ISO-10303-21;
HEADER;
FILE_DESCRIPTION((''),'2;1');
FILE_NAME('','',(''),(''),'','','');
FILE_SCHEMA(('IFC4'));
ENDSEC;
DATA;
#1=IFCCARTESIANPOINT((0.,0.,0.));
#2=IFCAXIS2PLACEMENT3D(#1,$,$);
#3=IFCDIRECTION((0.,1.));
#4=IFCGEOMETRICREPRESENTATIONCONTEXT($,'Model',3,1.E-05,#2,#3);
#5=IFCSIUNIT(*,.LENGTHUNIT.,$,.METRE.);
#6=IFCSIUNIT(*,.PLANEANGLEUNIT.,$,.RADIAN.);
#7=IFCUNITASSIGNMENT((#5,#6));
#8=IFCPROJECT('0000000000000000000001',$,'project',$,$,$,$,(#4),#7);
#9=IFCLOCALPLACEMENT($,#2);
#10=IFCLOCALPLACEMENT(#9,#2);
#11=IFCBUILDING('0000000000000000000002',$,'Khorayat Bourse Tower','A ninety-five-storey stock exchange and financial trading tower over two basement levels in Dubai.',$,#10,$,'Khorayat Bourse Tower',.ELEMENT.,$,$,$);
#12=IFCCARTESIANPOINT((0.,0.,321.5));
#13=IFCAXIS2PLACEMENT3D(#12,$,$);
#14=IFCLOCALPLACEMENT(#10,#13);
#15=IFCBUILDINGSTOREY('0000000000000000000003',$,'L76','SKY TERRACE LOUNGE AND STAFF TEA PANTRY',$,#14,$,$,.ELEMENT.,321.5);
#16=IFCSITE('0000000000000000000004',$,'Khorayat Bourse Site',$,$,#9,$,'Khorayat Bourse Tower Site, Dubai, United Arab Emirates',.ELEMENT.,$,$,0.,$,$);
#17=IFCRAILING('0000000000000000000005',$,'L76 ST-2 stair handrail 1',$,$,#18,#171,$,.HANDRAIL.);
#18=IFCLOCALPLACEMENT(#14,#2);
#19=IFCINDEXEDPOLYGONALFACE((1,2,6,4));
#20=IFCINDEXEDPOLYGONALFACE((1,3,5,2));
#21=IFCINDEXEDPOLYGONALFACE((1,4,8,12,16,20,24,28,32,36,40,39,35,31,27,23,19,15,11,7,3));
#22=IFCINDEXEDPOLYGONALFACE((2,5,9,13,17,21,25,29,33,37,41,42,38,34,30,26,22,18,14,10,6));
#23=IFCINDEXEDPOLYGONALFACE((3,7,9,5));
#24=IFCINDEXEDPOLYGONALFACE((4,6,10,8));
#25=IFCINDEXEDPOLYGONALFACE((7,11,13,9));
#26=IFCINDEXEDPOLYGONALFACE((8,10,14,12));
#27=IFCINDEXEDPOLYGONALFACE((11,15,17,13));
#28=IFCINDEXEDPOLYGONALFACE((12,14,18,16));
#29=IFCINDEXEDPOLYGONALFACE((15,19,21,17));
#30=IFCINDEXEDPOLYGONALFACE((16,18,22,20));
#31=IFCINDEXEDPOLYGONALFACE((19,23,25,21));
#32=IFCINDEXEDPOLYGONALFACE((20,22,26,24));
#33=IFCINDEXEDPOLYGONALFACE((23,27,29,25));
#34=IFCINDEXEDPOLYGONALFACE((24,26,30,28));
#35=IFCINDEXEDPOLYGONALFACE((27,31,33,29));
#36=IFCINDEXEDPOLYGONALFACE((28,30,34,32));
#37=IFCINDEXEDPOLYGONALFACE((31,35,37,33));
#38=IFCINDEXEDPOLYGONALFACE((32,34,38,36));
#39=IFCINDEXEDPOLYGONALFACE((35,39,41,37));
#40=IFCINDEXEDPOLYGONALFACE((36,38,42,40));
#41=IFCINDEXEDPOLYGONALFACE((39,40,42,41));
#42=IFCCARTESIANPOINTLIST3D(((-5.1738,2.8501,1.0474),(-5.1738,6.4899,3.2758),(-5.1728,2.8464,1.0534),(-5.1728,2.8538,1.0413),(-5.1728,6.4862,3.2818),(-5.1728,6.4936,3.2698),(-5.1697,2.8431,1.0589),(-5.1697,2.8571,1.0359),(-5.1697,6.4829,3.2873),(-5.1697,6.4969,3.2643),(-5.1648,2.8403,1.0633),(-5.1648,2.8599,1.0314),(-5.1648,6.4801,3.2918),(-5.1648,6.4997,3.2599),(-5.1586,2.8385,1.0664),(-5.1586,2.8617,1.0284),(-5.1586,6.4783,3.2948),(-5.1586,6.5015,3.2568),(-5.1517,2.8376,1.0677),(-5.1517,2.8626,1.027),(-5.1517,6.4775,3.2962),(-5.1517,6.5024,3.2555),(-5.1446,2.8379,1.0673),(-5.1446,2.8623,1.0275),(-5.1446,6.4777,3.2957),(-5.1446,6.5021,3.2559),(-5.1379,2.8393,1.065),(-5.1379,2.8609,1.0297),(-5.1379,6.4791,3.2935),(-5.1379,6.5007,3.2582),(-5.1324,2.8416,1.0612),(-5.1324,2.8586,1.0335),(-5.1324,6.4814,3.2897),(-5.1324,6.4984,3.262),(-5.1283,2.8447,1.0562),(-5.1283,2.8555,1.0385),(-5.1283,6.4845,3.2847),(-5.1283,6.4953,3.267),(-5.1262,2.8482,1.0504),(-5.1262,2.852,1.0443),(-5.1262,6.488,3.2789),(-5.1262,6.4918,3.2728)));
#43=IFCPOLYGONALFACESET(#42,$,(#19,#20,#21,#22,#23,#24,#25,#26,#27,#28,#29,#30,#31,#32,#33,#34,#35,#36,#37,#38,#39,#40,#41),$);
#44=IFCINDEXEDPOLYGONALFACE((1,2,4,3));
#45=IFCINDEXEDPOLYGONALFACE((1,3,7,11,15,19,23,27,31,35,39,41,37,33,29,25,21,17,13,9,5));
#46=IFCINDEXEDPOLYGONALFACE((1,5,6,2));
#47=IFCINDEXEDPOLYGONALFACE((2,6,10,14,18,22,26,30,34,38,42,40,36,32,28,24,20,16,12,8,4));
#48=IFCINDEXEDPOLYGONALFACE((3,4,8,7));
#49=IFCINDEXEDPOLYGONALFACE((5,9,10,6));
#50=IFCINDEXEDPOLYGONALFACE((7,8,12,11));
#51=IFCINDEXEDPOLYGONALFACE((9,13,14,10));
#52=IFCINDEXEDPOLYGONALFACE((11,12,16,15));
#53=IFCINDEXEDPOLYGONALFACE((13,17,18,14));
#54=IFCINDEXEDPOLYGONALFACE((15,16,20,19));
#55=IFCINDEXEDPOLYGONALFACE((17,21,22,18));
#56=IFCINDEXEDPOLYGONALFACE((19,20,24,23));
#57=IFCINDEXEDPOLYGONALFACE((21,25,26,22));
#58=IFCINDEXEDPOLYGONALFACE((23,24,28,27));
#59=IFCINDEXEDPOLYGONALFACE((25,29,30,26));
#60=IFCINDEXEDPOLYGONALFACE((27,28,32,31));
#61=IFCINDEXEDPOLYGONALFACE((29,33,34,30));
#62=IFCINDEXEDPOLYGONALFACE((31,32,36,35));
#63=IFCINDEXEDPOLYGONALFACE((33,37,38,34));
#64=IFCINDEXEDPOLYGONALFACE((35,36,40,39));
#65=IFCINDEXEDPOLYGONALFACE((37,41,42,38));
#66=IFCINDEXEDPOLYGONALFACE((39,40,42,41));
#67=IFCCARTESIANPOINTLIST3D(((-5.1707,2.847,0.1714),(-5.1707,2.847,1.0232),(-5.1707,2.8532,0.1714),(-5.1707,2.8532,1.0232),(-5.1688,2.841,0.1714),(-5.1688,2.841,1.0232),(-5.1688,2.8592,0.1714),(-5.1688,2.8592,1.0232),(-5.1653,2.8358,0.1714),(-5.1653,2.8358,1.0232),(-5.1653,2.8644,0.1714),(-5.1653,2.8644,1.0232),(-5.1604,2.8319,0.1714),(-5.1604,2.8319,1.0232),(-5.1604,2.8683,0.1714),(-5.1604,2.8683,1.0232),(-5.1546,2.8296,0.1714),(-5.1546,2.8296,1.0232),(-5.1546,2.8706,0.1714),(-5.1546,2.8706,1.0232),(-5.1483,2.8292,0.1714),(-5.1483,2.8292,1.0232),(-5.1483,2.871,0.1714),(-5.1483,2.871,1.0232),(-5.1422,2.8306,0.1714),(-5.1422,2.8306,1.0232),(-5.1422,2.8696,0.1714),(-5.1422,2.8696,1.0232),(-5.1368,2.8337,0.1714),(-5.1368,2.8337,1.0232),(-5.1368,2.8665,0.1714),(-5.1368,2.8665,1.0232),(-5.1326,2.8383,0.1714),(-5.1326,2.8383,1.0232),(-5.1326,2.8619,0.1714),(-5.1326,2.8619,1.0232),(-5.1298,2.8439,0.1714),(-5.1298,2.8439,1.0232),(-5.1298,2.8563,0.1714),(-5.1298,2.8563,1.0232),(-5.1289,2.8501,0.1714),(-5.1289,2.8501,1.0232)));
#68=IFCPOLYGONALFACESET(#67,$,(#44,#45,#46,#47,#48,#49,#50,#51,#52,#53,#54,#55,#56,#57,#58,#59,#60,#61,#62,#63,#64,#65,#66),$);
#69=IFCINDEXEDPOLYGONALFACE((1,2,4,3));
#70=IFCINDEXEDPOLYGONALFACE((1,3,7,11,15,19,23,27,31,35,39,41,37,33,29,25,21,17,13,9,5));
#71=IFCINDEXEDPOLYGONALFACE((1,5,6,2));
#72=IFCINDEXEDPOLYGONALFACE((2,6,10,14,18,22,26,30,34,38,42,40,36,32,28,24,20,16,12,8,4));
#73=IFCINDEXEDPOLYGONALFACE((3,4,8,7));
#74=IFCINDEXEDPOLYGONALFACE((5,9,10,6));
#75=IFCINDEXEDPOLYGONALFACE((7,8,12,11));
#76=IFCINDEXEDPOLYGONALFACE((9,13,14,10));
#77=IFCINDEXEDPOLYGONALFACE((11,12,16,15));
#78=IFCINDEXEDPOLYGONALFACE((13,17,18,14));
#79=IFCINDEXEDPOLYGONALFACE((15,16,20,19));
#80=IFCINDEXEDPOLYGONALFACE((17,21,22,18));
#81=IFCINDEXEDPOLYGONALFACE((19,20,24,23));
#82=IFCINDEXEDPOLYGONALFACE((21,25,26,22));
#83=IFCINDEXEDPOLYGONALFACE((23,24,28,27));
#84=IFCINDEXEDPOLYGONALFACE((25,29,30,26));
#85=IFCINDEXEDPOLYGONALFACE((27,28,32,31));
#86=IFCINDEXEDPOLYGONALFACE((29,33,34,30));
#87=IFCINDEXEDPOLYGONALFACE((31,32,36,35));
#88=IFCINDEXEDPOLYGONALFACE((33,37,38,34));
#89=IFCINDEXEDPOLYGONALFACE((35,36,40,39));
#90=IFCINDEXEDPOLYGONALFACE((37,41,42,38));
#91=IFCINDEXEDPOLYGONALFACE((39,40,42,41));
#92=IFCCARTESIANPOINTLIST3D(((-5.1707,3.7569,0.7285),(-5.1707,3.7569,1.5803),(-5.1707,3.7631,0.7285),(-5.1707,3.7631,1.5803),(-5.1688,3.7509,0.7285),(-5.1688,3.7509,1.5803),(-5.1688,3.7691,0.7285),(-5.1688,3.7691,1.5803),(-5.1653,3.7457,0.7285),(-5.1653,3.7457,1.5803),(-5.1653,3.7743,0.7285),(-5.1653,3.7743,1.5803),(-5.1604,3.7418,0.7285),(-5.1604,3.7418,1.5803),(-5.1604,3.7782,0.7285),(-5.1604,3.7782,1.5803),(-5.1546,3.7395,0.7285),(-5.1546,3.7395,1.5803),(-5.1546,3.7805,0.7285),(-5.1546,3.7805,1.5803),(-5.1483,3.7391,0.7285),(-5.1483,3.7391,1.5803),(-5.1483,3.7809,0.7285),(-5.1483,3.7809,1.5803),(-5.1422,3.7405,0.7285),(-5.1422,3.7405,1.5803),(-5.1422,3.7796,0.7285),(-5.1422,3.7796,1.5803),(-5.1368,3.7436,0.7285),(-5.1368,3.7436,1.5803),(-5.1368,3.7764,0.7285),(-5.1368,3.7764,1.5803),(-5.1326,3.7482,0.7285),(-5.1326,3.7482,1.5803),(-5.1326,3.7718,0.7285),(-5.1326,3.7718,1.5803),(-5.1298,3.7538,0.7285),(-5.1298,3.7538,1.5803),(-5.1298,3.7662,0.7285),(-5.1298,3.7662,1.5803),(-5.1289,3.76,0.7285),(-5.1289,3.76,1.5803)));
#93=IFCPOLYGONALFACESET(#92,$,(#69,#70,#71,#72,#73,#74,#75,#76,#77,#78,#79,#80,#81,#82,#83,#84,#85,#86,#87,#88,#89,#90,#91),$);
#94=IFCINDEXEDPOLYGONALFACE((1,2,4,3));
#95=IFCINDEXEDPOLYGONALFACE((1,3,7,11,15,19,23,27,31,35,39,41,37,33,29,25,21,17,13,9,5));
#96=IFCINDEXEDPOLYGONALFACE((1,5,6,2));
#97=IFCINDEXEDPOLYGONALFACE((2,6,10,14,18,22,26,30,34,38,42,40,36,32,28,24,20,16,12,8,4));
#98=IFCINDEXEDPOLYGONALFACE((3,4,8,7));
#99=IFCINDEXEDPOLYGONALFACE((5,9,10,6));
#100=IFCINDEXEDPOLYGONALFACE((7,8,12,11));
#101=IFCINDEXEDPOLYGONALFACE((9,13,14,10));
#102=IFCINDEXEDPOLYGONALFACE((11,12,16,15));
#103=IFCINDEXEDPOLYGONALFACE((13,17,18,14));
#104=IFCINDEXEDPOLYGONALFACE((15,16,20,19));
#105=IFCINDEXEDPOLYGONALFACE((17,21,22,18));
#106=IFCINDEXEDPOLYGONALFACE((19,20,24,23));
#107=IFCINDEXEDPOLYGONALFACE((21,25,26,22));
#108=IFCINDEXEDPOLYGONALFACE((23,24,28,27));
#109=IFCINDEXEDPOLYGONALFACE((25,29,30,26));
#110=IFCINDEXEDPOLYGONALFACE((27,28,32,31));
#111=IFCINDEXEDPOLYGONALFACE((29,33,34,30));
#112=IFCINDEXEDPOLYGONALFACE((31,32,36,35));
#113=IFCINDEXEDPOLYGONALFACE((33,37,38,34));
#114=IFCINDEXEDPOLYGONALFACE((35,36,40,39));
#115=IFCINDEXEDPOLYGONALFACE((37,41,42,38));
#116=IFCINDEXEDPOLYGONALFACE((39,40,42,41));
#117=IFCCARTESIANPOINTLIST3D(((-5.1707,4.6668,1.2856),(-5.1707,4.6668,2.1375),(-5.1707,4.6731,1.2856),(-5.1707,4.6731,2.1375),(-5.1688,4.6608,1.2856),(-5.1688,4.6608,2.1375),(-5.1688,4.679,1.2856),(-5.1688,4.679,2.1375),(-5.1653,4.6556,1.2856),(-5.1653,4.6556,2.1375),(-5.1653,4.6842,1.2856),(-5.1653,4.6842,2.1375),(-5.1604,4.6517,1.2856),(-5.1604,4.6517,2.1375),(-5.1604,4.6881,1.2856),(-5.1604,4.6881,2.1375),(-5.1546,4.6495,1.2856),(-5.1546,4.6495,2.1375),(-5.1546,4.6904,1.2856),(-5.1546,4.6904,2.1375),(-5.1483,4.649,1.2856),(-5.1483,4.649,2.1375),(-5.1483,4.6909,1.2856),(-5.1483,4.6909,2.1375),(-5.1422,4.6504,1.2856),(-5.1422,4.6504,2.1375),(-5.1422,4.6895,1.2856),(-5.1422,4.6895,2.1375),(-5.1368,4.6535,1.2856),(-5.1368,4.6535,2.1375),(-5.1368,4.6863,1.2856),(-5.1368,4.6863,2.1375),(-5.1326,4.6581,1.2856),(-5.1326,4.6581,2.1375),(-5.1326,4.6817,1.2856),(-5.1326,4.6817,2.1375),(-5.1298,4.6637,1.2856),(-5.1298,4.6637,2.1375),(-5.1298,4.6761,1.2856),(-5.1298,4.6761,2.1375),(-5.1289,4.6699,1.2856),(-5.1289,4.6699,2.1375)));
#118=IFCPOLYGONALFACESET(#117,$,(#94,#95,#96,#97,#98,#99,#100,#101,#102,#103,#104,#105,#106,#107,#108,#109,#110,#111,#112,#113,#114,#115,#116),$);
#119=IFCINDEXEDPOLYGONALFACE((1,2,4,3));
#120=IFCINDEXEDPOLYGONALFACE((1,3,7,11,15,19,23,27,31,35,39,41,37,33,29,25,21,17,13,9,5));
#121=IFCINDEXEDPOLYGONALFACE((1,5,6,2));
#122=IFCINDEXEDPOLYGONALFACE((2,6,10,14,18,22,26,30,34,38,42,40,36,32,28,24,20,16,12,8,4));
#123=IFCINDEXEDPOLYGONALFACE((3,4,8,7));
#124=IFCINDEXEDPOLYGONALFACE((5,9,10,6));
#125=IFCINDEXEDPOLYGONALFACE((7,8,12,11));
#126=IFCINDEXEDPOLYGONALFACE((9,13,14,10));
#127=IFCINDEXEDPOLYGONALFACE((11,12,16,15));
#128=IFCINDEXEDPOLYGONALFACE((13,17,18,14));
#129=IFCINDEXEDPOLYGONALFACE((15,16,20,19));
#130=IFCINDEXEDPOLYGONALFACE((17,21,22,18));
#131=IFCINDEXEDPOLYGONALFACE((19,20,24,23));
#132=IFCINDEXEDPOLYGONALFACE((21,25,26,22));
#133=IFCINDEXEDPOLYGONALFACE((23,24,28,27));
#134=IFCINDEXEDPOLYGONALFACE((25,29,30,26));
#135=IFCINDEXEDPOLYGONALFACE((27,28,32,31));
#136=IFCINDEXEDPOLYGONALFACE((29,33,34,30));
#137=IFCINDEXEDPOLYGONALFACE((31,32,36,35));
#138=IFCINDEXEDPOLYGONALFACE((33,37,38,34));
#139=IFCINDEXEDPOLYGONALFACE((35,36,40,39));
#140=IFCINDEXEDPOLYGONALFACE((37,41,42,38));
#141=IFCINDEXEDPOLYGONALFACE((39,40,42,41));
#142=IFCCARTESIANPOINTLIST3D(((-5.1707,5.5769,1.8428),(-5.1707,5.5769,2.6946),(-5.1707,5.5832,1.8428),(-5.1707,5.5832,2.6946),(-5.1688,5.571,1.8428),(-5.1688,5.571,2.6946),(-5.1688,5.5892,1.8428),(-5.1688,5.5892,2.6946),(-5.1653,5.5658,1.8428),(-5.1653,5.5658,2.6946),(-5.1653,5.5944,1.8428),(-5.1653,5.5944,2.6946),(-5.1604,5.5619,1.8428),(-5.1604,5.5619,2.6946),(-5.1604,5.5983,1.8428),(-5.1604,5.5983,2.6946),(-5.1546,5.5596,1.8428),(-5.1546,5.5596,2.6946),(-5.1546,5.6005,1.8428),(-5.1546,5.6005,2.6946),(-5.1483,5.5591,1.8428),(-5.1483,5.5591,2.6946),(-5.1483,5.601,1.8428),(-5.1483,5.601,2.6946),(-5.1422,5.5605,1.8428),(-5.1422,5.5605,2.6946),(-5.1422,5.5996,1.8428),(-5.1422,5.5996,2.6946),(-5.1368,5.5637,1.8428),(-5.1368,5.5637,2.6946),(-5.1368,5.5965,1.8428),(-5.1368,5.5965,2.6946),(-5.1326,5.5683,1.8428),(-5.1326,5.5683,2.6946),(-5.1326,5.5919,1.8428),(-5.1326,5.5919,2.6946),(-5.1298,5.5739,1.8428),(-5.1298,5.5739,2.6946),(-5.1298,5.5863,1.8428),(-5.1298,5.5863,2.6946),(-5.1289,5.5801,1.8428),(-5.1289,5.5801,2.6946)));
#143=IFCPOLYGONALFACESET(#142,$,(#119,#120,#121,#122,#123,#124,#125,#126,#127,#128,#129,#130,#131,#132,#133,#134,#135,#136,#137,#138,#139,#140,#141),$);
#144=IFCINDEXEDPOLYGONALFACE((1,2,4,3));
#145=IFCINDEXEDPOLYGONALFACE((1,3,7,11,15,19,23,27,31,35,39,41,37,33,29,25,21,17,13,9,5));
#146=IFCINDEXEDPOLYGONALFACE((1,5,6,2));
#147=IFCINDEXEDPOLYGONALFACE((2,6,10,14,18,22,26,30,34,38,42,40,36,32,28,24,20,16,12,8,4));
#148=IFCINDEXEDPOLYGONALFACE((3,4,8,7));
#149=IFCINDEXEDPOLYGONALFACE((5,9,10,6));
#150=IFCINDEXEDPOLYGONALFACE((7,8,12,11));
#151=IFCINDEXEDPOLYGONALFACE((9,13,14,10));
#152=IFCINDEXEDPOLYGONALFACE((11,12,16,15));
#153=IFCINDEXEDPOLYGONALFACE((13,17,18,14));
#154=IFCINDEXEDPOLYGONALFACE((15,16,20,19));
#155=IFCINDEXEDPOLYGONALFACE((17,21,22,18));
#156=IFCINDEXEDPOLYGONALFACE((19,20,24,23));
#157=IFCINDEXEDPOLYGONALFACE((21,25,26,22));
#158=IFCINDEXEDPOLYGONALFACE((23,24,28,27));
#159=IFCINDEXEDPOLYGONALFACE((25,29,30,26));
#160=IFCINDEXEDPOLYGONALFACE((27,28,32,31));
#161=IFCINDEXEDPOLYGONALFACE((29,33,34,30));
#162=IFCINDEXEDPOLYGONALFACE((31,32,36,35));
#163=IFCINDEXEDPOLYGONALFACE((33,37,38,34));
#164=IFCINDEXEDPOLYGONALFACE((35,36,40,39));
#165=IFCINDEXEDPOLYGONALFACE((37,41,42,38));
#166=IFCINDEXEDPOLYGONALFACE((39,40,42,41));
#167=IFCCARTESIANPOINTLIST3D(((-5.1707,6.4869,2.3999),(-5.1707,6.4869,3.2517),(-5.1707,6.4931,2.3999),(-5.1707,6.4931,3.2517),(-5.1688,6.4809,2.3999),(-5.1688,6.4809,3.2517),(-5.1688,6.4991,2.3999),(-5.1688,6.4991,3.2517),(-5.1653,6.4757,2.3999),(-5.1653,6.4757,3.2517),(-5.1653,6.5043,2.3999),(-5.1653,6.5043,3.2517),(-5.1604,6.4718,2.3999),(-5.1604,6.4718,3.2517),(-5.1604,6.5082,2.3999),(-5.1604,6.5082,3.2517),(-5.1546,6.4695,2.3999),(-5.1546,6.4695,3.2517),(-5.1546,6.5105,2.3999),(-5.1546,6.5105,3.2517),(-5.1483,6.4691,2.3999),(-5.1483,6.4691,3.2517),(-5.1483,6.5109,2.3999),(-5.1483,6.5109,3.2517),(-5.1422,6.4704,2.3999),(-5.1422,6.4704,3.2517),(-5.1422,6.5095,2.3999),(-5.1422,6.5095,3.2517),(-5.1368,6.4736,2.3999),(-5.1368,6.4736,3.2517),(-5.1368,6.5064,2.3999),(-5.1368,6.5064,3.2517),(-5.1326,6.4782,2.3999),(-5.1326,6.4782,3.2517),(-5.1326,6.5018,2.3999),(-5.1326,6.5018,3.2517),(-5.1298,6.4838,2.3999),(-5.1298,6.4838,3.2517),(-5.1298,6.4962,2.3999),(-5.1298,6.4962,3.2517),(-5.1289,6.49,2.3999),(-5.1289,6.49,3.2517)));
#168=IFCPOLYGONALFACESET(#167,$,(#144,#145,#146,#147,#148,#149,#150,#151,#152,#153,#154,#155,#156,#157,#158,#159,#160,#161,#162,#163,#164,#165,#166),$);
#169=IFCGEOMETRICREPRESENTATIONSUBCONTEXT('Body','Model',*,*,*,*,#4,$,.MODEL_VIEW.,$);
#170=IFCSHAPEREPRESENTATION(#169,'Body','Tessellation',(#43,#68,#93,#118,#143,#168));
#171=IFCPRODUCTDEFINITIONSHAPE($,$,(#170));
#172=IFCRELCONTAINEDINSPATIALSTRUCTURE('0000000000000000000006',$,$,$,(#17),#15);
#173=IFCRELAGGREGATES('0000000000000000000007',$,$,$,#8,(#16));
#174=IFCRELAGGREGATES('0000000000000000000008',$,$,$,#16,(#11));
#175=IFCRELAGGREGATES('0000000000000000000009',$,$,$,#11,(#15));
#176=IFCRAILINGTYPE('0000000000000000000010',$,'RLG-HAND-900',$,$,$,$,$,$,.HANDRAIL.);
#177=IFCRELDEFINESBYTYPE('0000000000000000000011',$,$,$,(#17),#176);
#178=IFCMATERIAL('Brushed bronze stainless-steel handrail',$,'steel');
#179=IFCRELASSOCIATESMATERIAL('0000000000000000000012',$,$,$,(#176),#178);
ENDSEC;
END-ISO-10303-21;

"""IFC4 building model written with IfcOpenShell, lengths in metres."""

from ifc_helpers import new_model, si_unit, direction, frame, origin, origin_2d, place, context, subcontext, project, spatial, circle, extrude, source, transform, mapped, material, type_object, element, save


model = new_model("IFC4")

# Units and contexts
model_context = context("Model", 3, precision=1e-05, world=origin(), true_north=direction((0.0, 1.0)))
body_context = subcontext(model_context, "Body", "Model", "MODEL_VIEW")
ifc_project = project(units=[si_unit("LENGTHUNIT", "METRE"), si_unit("PLANEANGLEUNIT", "RADIAN")], contexts=[model_context])

# Site, building, storey
site_placement = place(None, origin())
site = spatial("IfcSite", under=ifc_project, at=site_placement, Name="Khorayat Bourse Site", LongName="Khorayat Bourse Tower Site, Dubai, United Arab Emirates", CompositionType="ELEMENT", RefElevation=0.0)
building_placement = place(site_placement, origin())
building = spatial("IfcBuilding", under=site, at=building_placement, Name="Khorayat Bourse Tower", Description="A ninety-five-storey stock exchange and financial trading tower over two basement levels in Dubai.", LongName="Khorayat Bourse Tower", CompositionType="ELEMENT")
storey_placement = place(building_placement, frame((0.0, 0.0, 321.5)))
storey = spatial("IfcBuildingStorey", under=building, at=storey_placement, Name="L76", Description="SKY TERRACE LOUNGE AND STAFF TEA PANTRY", CompositionType="ELEMENT", Elevation=321.5)

# Railing
ifc_material_1 = material(Name="Brushed bronze stainless-steel handrail", Category="steel")
railing_type_1 = type_object("IfcRailingType", Name="RLG-HAND-900", PredefinedType="HANDRAIL", material=ifc_material_1)
shared_shape_1 = source(origin(), body_context, "Body", "SweptSolid", [
    extrude(circle(Radius=0.0239, at=origin_2d()), frame((0.0, 0.0, 0.876), z_axis=(0.0, 0.85285, 0.522156), x_axis=(-1.0, 0.0, 0.0)), (0.0, 0.0, 1.0), 4.2678),
    extrude(circle(Radius=0.021, at=origin_2d()), origin(), (0.0, 0.0, 1.0), 0.8518),
    extrude(circle(Radius=0.021, at=origin_2d()), frame((0.0, 0.9099, 0.5571)), (0.0, 0.0, 1.0), 0.8518),
    extrude(circle(Radius=0.021, at=origin_2d()), frame((0.0, 1.8198, 1.1143)), (0.0, 0.0, 1.0), 0.8518),
    extrude(circle(Radius=0.021, at=origin_2d()), frame((0.0, 2.73, 1.6714)), (0.0, 0.0, 1.0), 0.8518),
    extrude(circle(Radius=0.021, at=origin_2d()), frame((0.0, 3.6399, 2.2285)), (0.0, 0.0, 1.0), 0.8518),
])
railing_1_placement = place(storey_placement, frame((-5.1499, 2.8501, 0.1714)))
element("IfcRailing", 1, at=railing_1_placement, inside=storey, type_object=railing_type_1, Name="L76 ST-2 stair handrail 1", PredefinedType="HANDRAIL", context=body_context, shape_type="MappedRepresentation", body=[
    mapped(shared_shape_1, transform((0.0, 0.0, 0.0), scale=1.0)),
])

save(model, "model.ifc")
